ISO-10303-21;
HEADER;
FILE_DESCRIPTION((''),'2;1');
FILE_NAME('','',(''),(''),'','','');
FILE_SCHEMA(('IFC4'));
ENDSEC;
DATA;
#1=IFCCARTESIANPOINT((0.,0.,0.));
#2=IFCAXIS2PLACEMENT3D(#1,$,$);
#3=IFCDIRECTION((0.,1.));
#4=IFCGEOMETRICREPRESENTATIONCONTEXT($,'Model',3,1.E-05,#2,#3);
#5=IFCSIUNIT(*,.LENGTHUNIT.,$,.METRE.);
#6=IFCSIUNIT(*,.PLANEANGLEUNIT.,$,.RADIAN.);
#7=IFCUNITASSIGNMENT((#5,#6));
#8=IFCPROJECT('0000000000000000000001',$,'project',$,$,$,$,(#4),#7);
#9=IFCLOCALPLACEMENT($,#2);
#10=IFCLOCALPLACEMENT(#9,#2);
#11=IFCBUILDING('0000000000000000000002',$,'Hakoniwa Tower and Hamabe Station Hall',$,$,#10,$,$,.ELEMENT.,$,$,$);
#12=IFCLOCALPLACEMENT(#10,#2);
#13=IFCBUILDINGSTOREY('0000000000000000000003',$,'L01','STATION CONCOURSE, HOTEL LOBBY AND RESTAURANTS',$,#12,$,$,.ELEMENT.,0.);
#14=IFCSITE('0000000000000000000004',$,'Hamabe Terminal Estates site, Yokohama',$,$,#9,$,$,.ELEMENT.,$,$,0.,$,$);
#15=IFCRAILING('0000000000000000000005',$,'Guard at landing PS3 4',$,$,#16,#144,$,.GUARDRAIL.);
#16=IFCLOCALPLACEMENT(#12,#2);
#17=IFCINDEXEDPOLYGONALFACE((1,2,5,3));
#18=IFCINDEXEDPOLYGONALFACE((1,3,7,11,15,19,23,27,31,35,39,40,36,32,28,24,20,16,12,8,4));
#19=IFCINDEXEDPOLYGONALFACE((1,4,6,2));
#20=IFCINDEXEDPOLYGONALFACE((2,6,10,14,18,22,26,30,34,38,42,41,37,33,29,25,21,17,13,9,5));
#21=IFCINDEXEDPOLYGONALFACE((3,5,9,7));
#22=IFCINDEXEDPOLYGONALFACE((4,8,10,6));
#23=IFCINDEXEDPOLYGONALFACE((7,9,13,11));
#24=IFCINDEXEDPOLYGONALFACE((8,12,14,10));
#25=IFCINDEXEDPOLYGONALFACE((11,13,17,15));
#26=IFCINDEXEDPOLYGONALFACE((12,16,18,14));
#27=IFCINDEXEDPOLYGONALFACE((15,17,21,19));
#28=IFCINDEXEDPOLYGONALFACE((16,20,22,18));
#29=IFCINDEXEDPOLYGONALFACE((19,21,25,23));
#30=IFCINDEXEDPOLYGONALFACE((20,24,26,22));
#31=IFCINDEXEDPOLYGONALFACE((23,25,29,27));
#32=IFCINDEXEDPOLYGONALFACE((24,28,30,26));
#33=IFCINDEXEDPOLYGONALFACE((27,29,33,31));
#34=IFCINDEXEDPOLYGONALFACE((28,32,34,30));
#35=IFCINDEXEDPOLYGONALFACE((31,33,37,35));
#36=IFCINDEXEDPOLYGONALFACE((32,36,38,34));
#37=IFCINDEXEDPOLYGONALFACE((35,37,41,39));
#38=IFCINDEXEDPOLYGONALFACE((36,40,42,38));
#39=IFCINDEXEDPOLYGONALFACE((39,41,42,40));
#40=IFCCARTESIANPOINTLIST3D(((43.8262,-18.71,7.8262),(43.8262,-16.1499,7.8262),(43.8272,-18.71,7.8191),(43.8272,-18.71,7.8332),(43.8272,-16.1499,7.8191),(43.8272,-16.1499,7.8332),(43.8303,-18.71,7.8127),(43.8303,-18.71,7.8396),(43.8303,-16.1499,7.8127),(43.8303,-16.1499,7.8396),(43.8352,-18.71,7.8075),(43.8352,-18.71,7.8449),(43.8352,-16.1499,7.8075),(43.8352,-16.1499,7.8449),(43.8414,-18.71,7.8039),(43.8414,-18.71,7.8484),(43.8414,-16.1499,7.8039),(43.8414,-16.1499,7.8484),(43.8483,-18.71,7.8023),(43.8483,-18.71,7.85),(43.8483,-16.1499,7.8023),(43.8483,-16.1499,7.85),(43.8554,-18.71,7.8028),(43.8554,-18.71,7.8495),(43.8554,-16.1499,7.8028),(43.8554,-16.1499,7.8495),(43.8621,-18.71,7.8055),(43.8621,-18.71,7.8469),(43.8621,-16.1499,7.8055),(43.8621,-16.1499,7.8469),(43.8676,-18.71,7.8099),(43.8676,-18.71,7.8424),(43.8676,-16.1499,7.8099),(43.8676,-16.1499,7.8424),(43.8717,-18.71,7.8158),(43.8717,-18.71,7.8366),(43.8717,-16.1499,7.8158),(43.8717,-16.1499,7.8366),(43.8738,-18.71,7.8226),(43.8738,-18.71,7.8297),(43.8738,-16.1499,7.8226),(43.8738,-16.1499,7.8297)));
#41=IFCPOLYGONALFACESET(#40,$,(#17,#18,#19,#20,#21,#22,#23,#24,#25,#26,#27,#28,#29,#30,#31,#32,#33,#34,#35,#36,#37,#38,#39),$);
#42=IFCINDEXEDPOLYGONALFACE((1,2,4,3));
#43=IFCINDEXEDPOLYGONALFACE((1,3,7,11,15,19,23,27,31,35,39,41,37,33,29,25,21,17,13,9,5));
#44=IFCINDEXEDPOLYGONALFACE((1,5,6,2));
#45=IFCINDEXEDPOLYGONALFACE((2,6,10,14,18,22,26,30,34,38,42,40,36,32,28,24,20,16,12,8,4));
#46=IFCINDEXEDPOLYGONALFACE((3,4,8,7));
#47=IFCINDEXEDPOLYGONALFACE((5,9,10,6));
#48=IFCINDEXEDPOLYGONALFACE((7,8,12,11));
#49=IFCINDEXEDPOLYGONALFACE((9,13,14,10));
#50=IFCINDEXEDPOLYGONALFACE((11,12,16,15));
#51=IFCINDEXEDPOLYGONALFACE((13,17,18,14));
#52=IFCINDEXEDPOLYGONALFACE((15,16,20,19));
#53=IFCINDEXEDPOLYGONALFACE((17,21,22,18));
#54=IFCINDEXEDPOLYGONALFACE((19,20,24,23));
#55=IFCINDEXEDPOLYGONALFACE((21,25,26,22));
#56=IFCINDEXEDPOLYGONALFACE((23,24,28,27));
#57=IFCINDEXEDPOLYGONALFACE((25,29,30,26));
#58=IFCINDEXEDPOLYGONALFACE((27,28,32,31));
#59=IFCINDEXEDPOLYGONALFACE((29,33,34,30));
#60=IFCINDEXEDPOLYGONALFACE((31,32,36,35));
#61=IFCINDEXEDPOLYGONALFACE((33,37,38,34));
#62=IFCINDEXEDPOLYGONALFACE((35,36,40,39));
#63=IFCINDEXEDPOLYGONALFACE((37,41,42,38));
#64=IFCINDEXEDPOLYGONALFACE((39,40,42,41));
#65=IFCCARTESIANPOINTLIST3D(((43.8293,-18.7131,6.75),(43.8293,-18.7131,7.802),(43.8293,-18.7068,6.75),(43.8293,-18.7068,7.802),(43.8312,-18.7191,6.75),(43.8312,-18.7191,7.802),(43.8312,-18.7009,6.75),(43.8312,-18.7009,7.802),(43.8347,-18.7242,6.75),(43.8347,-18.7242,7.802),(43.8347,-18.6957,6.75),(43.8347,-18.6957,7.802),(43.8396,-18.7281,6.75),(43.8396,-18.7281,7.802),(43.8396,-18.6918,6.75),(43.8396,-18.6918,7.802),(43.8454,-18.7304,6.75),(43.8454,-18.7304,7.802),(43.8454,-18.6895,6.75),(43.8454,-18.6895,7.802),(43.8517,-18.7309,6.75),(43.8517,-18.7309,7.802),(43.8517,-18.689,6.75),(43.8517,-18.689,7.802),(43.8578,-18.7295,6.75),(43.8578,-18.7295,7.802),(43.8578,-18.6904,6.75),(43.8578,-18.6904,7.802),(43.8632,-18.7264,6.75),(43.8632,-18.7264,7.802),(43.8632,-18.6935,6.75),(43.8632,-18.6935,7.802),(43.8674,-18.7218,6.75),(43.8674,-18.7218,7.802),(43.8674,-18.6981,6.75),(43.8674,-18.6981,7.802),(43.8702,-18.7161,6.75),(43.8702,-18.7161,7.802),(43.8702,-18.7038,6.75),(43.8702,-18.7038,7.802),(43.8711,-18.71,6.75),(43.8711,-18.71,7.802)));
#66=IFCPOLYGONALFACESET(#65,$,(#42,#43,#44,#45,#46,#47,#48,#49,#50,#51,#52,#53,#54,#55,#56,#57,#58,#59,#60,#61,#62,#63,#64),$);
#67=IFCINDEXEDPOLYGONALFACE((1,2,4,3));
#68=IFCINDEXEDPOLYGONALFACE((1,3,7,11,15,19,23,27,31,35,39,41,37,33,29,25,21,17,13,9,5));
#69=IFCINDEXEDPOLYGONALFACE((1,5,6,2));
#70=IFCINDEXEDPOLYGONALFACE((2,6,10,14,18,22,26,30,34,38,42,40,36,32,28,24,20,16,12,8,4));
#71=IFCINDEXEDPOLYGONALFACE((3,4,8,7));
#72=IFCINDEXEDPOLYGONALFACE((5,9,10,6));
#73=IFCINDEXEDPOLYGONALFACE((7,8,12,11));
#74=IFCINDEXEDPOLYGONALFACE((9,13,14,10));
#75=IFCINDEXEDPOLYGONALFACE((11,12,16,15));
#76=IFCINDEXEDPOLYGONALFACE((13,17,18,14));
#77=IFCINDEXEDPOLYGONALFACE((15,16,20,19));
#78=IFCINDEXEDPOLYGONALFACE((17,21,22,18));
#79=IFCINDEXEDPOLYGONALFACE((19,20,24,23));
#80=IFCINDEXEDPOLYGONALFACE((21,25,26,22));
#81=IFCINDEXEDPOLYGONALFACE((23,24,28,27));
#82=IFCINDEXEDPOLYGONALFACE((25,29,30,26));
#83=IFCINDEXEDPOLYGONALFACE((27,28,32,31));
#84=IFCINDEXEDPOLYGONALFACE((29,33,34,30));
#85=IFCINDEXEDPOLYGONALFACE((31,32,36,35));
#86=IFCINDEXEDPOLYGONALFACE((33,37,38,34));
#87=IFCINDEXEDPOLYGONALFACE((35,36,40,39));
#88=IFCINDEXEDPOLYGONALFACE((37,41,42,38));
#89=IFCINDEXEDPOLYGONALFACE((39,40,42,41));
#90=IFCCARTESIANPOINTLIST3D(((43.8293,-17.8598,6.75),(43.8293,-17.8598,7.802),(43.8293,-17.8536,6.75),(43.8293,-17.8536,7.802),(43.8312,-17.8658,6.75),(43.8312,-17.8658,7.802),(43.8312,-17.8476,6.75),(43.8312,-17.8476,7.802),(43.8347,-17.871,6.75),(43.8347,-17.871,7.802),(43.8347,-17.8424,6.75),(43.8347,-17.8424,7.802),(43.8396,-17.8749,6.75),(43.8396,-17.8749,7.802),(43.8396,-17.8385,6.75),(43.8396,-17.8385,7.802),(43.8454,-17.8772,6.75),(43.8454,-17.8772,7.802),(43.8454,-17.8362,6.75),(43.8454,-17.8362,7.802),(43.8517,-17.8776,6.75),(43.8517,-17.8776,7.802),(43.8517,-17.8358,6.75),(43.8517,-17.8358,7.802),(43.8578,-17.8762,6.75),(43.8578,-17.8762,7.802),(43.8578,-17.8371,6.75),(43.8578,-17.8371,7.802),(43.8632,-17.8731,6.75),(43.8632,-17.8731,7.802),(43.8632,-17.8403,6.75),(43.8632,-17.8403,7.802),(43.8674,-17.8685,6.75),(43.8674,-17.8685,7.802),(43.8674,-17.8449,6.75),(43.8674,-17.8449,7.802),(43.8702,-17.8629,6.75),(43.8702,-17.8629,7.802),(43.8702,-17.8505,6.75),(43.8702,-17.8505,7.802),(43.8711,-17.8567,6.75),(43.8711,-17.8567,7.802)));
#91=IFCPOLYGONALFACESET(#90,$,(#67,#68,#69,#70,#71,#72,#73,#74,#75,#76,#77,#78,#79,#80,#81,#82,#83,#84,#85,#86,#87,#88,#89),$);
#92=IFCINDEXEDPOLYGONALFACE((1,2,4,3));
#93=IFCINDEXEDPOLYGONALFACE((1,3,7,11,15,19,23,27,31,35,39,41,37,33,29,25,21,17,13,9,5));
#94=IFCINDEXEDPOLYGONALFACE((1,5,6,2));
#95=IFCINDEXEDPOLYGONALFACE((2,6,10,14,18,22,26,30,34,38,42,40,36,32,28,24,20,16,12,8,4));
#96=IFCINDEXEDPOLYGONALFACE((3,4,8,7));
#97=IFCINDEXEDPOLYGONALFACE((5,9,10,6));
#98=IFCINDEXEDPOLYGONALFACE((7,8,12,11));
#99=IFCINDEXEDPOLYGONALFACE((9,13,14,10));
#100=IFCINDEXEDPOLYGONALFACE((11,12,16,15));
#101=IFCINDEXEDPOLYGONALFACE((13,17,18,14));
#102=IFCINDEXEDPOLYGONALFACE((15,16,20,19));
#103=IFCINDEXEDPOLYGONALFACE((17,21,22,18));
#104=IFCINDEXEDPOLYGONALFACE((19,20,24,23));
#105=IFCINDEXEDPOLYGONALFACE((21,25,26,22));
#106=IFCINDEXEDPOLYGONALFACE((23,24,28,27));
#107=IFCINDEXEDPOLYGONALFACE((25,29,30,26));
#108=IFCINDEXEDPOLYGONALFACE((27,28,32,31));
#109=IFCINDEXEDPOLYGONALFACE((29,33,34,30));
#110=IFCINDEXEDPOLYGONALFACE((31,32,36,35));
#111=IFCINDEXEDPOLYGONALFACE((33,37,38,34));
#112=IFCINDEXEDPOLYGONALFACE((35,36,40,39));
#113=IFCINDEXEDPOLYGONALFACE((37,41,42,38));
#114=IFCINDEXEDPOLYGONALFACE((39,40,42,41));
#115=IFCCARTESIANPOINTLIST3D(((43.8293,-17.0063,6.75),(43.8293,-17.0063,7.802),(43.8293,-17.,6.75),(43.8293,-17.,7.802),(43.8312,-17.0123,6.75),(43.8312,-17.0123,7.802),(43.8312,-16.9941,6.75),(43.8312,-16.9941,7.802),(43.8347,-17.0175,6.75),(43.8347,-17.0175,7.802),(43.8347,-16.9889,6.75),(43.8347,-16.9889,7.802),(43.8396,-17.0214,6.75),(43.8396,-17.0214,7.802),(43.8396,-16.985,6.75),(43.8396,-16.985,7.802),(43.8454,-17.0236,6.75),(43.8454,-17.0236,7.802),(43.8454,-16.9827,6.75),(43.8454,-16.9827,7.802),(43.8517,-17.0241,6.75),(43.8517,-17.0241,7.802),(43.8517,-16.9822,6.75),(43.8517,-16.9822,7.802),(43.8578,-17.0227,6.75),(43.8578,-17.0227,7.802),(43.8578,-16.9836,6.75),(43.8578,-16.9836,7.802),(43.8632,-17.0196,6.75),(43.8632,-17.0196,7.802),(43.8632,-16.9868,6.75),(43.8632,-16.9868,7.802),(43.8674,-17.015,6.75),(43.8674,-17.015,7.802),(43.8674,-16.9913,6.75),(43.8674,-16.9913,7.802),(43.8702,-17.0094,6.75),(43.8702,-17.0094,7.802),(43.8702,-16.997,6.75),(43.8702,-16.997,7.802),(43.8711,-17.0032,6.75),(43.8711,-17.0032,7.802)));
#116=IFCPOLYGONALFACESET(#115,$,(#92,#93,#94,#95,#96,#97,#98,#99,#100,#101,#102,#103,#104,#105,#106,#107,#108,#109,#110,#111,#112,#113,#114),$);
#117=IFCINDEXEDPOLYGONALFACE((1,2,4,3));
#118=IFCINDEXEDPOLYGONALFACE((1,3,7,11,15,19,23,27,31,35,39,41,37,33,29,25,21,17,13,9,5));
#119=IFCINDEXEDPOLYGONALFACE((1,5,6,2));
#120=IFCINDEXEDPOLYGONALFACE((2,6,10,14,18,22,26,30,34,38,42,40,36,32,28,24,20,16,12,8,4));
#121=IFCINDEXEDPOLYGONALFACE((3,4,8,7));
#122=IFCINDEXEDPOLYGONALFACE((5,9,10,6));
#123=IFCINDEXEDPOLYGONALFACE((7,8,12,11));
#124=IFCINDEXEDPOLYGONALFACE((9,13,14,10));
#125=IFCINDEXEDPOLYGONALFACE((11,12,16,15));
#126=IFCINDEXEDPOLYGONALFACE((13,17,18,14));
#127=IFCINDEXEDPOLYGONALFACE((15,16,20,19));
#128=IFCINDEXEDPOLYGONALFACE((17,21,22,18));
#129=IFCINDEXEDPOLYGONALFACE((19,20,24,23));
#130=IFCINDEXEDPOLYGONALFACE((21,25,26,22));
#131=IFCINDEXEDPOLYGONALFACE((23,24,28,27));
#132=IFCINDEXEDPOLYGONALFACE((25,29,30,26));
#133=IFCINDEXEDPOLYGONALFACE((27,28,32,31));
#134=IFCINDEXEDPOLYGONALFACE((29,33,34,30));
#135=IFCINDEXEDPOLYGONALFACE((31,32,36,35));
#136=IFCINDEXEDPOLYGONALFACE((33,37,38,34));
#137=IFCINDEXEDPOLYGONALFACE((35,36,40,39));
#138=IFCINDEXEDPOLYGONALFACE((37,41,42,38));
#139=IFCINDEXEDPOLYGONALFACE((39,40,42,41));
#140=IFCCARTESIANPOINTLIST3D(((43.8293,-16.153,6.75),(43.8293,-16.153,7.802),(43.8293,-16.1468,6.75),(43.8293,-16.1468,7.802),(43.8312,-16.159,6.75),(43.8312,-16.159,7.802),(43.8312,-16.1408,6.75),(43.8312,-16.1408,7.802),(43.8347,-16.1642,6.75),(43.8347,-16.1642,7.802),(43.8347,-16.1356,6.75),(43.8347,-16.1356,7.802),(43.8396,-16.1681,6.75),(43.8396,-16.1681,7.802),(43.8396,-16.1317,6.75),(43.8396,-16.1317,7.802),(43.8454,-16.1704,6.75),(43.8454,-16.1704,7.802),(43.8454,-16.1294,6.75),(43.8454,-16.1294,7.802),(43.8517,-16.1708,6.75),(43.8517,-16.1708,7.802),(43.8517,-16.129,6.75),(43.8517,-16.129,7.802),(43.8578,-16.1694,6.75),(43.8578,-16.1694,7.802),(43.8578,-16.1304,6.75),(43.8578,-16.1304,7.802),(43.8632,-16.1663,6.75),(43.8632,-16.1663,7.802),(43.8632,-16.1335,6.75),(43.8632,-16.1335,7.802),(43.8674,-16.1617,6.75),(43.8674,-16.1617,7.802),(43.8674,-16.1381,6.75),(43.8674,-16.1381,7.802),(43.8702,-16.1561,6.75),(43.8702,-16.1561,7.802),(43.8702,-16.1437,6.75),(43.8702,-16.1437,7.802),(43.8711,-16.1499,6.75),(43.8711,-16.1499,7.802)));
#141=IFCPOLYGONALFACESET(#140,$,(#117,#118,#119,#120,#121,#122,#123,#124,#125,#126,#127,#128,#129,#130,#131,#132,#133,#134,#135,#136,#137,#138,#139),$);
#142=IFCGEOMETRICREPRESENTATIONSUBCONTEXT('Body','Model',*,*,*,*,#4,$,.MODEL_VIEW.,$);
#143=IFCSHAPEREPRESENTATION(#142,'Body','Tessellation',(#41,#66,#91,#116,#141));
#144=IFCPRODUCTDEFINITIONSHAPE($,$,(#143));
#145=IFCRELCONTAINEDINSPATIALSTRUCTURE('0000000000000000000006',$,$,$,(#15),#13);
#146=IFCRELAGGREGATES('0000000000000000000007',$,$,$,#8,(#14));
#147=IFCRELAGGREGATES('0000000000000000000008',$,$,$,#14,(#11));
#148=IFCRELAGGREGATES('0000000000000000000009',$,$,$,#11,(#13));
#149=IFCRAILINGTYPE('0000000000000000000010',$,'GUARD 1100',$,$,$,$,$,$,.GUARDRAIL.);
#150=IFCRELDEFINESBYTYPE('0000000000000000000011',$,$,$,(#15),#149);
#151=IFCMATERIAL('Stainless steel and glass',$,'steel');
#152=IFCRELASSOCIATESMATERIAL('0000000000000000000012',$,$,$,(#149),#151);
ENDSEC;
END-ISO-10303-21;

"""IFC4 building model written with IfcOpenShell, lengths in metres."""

from ifc_helpers import new_model, si_unit, direction, frame, origin, origin_2d, place, context, subcontext, project, spatial, circle, extrude, material, type_object, element, save


model = new_model("IFC4")

# Units and contexts
model_context = context("Model", 3, precision=1e-05, world=origin(), true_north=direction((0.0, 1.0)))
body_context = subcontext(model_context, "Body", "Model", "MODEL_VIEW")
ifc_project = project(units=[si_unit("LENGTHUNIT", "METRE"), si_unit("PLANEANGLEUNIT", "RADIAN")], contexts=[model_context])

# Site, building, storey
site_placement = place(None, origin())
site = spatial("IfcSite", under=ifc_project, at=site_placement, Name="Hamabe Terminal Estates site, Yokohama", CompositionType="ELEMENT", RefElevation=0.0)
building_placement = place(site_placement, origin())
building = spatial("IfcBuilding", under=site, at=building_placement, Name="Hakoniwa Tower and Hamabe Station Hall", CompositionType="ELEMENT")
storey_placement = place(building_placement, origin())
storey = spatial("IfcBuildingStorey", under=building, at=storey_placement, Name="L01", Description="STATION CONCOURSE, HOTEL LOBBY AND RESTAURANTS", CompositionType="ELEMENT", Elevation=0.0)

# Railing
ifc_material_1 = material(Name="Stainless steel and glass", Category="steel")
railing_type_1 = type_object("IfcRailingType", Name="GUARD 1100", PredefinedType="GUARDRAIL", material=ifc_material_1)
railing_1_placement = place(storey_placement, frame((43.8501, -18.71, 6.75)))
element("IfcRailing", 1, at=railing_1_placement, inside=storey, type_object=railing_type_1, Name="Guard at landing PS3 4", PredefinedType="GUARDRAIL", context=body_context, shape_type="SweptSolid", body=[
    extrude(circle(Radius=0.0239, at=origin_2d()), frame((0.0, 0.0, 1.0762), z_axis=(0.0, 1.0, 0.0), x_axis=(-1.0, 0.0, 0.0)), (0.0, 0.0, 1.0), 2.5601),
    extrude(circle(Radius=0.021, at=origin_2d()), origin(), (0.0, 0.0, 1.0), 1.052),
    extrude(circle(Radius=0.021, at=origin_2d()), frame((0.0, 0.8533, 0.0)), (0.0, 0.0, 1.0), 1.052),
    extrude(circle(Radius=0.021, at=origin_2d()), frame((0.0, 1.7068, 0.0)), (0.0, 0.0, 1.0), 1.052),
    extrude(circle(Radius=0.021, at=origin_2d()), frame((0.0, 2.5601, 0.0)), (0.0, 0.0, 1.0), 1.052),
])

save(model, "model.ifc")
